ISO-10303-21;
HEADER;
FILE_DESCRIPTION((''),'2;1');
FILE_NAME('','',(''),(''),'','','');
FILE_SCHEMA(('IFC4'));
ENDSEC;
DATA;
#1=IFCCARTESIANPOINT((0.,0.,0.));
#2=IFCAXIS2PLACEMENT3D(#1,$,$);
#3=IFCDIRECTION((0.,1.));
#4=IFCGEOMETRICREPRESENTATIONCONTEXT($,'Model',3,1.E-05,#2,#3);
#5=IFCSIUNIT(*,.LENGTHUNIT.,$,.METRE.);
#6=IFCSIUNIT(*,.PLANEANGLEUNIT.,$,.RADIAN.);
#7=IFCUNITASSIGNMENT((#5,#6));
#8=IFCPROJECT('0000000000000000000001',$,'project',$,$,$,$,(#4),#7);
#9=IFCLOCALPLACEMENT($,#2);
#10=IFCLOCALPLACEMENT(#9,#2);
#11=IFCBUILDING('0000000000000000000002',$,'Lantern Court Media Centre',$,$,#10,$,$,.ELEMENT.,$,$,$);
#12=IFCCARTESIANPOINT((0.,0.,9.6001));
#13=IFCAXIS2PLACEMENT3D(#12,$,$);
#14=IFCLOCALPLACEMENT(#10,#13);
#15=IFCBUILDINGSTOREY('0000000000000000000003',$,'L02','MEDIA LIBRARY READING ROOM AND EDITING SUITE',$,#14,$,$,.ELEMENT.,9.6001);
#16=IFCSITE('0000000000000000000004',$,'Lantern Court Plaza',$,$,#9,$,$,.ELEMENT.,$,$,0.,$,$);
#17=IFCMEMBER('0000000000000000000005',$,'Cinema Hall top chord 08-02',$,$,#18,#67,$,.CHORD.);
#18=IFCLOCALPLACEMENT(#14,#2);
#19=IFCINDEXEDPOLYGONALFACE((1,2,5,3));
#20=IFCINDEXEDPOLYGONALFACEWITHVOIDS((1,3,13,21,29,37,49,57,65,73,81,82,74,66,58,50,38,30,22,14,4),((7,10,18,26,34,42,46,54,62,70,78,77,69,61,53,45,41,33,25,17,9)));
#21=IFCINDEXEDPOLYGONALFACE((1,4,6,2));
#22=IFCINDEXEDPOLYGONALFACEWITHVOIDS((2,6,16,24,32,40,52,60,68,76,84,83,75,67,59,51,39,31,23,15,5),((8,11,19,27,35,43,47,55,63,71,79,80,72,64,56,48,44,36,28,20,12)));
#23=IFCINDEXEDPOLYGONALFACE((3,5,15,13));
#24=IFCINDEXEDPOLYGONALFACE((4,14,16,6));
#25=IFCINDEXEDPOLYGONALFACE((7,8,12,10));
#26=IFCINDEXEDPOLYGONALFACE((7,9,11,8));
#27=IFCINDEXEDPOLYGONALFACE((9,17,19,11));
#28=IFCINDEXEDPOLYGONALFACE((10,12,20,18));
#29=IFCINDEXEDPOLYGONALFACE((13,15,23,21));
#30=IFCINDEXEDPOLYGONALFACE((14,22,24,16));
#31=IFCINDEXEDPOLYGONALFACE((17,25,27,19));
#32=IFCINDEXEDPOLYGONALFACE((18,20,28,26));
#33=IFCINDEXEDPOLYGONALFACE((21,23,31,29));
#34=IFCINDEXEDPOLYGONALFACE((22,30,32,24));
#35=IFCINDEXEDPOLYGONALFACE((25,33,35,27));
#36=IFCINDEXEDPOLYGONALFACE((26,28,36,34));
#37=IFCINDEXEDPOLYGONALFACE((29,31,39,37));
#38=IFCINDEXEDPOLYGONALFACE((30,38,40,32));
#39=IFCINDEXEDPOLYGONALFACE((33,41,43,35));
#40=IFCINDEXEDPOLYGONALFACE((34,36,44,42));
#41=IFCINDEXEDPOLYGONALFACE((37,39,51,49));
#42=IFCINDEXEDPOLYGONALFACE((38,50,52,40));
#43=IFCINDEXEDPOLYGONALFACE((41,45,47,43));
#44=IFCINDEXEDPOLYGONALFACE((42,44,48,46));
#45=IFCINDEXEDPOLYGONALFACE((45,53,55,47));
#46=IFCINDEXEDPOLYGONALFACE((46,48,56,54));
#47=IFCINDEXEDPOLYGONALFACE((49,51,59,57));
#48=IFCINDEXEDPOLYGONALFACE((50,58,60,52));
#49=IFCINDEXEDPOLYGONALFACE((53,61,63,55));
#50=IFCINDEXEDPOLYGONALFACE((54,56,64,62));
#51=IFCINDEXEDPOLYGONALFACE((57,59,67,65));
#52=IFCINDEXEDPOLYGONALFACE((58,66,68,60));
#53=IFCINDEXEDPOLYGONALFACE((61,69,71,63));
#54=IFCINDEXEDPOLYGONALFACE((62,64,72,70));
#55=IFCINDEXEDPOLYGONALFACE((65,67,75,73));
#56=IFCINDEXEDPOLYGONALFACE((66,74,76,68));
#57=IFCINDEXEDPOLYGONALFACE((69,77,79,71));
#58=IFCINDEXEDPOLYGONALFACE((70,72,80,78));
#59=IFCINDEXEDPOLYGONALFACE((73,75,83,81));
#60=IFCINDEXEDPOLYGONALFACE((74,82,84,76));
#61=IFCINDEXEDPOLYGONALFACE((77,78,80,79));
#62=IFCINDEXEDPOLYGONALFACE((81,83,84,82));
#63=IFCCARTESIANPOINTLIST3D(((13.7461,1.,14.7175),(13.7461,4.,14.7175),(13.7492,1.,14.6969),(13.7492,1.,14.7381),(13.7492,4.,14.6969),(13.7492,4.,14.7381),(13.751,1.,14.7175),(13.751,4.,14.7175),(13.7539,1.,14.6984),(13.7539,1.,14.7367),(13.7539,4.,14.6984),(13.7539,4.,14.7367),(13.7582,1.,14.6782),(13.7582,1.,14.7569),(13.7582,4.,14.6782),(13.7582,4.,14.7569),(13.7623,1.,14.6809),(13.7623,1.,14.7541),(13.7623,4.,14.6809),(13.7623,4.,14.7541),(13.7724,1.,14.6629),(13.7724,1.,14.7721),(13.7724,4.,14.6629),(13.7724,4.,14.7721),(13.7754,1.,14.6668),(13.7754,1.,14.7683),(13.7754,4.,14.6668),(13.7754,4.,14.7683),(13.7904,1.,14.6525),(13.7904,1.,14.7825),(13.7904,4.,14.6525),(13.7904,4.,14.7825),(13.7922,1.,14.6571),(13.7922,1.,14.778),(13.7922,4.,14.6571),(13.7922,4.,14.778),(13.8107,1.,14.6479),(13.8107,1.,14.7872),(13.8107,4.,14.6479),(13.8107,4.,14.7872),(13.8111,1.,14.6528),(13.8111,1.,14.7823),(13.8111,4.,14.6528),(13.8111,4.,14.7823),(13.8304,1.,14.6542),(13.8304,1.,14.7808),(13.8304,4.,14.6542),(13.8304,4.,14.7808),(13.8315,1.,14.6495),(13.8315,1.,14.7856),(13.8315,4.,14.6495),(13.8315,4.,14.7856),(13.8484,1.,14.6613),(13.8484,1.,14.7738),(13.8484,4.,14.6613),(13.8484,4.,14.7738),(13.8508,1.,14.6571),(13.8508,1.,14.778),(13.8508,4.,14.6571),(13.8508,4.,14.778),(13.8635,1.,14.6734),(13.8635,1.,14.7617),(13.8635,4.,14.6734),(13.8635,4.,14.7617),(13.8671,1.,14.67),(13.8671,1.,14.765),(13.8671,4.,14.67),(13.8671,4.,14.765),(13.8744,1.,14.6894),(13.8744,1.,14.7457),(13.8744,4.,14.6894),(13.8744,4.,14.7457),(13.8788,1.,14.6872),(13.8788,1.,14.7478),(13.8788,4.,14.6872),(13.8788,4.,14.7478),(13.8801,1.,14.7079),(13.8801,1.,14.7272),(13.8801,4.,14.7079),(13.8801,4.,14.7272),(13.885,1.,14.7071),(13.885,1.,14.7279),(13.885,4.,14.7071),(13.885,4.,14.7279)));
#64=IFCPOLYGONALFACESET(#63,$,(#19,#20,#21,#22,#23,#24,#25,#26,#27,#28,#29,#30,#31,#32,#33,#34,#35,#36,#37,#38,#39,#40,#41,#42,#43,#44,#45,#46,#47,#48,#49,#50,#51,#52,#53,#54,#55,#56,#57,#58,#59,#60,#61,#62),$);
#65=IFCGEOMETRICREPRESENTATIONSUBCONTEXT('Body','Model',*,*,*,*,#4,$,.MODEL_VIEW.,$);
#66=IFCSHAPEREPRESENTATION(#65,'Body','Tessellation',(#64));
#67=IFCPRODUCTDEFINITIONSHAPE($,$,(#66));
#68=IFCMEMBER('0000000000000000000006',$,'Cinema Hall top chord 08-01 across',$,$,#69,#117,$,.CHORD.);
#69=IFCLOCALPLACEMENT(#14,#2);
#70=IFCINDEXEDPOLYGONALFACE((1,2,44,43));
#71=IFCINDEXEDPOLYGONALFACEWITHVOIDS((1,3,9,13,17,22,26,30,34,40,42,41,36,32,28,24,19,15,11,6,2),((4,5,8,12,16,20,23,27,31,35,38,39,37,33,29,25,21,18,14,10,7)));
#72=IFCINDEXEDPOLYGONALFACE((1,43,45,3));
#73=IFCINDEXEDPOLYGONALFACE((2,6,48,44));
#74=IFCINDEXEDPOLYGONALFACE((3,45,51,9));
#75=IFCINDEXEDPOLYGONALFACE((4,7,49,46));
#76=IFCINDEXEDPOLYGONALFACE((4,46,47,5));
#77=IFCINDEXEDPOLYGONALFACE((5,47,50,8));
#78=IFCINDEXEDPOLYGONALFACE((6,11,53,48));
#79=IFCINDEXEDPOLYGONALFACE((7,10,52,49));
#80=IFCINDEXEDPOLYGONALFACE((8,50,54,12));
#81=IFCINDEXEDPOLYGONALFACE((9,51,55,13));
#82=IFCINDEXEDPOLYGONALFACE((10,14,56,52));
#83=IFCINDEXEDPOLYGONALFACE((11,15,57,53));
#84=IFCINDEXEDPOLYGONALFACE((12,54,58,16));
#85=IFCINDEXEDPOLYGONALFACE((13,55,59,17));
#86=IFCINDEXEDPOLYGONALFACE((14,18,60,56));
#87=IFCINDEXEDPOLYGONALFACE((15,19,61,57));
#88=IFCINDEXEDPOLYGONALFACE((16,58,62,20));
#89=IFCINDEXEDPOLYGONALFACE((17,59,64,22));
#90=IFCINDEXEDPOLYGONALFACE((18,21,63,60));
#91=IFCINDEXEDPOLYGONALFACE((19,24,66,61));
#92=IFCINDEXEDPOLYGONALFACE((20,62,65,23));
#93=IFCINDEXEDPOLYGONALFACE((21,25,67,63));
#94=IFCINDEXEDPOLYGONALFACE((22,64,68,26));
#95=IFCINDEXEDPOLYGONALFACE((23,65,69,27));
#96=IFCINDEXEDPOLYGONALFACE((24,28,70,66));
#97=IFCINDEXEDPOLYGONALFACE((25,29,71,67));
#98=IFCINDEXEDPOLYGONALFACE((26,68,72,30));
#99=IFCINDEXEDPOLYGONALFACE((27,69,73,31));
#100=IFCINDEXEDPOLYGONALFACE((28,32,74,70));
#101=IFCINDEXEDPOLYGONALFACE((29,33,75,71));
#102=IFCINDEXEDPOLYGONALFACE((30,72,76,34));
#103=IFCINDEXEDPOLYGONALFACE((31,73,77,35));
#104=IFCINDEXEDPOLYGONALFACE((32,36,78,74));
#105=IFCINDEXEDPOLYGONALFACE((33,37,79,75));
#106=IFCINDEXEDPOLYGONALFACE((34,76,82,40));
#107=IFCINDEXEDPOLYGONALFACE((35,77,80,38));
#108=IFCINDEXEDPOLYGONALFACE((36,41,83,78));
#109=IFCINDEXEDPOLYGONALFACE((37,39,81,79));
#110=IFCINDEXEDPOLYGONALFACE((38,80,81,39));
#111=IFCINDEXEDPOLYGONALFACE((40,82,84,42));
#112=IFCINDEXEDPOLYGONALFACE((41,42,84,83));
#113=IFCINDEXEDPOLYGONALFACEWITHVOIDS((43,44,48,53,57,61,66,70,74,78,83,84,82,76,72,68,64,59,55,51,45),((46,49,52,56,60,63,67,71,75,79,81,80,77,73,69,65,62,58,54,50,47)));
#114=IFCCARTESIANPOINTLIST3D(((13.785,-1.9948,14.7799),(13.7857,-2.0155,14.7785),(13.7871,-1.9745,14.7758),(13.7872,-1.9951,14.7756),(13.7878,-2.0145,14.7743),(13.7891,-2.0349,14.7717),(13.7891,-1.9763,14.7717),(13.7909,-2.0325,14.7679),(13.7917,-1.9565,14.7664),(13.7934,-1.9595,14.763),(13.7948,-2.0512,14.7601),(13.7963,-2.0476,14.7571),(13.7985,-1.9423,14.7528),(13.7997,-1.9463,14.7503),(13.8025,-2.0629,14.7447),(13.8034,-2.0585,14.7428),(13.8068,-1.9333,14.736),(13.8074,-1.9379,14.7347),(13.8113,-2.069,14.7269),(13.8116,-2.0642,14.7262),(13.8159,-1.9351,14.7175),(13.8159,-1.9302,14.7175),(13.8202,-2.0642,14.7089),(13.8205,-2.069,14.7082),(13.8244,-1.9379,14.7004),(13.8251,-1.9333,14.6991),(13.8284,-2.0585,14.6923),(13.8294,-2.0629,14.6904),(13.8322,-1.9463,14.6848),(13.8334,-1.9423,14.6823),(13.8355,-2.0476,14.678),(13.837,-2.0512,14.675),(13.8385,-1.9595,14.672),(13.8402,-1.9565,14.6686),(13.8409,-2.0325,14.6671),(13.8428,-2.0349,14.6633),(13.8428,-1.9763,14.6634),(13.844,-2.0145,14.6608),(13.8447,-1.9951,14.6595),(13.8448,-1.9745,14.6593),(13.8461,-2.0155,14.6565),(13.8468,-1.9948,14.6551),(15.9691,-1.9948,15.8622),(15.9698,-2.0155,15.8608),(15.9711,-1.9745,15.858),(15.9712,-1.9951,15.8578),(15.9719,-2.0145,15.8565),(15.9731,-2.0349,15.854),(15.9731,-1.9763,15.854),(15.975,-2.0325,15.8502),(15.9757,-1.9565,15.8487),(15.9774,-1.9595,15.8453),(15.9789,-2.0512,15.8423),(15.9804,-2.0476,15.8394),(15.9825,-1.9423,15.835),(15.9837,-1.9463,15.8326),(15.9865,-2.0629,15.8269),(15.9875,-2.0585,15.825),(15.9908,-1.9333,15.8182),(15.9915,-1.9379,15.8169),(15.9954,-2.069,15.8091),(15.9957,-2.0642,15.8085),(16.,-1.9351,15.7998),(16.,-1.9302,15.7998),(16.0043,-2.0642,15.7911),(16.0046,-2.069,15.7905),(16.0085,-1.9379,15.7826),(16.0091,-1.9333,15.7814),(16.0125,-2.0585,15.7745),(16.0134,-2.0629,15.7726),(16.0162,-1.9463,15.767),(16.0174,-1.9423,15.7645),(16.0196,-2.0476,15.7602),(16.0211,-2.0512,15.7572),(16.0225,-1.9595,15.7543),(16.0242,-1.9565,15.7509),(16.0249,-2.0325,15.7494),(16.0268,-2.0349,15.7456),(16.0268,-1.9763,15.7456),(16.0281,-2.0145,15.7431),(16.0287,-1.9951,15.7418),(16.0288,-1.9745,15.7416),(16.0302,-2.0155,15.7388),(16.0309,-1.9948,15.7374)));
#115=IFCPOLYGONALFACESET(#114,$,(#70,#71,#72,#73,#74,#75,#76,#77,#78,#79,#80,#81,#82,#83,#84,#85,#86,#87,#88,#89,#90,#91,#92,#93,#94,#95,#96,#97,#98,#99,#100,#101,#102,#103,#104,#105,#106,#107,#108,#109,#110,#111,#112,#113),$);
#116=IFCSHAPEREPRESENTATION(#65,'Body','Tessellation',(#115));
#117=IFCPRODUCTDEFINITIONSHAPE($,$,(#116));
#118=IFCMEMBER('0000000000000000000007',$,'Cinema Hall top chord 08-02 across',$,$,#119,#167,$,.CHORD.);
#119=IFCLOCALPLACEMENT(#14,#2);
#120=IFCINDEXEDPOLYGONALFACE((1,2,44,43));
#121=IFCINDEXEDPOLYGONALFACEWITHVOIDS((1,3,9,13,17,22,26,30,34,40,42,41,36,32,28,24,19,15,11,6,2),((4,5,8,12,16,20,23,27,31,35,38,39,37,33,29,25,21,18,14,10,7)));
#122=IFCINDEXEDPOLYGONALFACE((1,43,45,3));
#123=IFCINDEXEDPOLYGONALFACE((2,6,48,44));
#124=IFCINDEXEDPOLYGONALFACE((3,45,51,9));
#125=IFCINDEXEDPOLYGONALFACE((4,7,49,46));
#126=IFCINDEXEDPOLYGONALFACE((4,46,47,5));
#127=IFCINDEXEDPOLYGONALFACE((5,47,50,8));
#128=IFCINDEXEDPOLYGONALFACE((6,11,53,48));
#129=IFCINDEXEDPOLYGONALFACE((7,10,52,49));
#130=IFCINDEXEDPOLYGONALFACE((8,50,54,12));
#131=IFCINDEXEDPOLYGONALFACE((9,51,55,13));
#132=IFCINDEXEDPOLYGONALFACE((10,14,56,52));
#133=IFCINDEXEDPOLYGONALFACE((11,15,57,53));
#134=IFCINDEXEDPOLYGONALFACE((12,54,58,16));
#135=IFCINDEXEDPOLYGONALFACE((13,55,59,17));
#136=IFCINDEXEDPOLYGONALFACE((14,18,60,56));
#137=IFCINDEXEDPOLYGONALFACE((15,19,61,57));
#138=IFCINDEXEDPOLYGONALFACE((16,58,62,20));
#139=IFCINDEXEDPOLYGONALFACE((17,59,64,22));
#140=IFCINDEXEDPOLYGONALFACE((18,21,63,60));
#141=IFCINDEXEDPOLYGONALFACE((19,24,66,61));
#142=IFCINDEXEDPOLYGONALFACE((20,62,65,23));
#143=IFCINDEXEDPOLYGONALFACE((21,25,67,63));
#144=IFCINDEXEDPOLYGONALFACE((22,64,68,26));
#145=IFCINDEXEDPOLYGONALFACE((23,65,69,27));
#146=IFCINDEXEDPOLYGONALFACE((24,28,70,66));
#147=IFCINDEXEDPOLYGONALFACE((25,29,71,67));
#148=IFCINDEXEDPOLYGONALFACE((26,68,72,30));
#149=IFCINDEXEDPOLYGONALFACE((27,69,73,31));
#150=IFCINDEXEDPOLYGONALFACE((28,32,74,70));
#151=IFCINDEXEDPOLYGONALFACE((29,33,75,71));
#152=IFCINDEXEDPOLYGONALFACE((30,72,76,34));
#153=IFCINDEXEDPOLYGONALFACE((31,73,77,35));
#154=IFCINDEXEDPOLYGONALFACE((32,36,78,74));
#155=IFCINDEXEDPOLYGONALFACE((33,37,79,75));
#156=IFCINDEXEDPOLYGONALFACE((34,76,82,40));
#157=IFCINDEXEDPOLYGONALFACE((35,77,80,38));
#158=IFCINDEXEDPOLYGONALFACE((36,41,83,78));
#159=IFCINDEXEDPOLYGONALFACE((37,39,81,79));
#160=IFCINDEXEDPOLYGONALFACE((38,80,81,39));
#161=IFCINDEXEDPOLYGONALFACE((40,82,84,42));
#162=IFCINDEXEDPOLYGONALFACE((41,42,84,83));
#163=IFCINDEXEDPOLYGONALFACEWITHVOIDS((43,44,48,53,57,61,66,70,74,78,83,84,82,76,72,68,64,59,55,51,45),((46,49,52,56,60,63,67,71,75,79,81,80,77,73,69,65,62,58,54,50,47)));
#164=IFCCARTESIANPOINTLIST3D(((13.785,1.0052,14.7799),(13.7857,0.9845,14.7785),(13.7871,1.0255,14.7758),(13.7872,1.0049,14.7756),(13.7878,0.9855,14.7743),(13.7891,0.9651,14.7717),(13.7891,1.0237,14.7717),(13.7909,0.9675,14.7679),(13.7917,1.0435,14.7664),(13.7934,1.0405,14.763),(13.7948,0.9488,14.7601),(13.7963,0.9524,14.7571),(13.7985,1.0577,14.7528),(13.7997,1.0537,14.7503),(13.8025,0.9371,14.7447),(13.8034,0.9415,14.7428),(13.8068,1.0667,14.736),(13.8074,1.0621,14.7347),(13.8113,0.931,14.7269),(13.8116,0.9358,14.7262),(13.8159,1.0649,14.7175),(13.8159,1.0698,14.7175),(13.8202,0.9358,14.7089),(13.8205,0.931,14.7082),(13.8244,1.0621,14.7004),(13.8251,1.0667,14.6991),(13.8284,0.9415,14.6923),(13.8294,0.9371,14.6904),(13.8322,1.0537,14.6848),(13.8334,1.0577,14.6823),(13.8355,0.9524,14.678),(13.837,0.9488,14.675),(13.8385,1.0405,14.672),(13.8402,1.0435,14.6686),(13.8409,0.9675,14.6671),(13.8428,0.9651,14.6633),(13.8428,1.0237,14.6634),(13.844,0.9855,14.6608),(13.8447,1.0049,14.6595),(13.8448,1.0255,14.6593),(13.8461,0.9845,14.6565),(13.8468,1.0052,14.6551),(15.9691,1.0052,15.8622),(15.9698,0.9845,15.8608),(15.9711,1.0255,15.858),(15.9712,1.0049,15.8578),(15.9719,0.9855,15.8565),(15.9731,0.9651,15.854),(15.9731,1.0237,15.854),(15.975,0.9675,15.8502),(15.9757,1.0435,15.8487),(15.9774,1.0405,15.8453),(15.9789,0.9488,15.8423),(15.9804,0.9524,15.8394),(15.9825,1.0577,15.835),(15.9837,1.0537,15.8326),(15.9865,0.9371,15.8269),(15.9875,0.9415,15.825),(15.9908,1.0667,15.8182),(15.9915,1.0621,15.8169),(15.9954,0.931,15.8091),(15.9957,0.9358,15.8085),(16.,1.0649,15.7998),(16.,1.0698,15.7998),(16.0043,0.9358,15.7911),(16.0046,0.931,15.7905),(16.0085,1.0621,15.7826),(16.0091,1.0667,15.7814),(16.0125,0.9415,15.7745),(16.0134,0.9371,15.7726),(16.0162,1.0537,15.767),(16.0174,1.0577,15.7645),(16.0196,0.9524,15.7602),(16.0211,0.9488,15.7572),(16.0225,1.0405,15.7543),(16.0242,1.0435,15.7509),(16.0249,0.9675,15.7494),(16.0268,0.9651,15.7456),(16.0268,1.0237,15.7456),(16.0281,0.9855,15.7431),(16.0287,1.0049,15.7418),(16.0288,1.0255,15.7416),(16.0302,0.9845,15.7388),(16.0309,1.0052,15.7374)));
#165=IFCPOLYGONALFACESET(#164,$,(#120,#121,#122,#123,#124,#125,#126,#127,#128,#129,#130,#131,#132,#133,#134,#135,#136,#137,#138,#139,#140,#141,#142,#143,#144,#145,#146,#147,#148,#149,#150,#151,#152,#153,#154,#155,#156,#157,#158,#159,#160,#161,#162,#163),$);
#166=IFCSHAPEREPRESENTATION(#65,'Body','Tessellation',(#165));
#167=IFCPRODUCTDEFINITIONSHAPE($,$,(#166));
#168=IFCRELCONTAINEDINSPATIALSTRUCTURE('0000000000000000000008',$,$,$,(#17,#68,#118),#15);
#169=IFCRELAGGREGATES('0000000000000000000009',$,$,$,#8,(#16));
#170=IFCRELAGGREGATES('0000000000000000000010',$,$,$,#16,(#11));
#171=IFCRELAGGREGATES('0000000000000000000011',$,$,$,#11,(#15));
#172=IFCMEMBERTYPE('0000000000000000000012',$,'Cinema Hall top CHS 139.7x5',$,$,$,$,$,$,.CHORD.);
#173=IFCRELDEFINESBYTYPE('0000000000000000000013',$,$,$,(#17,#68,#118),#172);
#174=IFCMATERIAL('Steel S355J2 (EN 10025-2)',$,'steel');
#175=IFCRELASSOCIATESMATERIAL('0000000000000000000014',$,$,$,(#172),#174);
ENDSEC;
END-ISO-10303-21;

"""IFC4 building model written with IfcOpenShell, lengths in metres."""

from ifc_helpers import new_model, si_unit, direction, frame, origin, origin_2d, place, context, subcontext, project, spatial, hollow_circle, extrude, material, material_profile, profile_set, type_object, element, save


model = new_model("IFC4")

# Units and contexts
model_context = context("Model", 3, precision=1e-05, world=origin(), true_north=direction((0.0, 1.0)))
body_context = subcontext(model_context, "Body", "Model", "MODEL_VIEW")
ifc_project = project(units=[si_unit("LENGTHUNIT", "METRE"), si_unit("PLANEANGLEUNIT", "RADIAN")], contexts=[model_context])

# Site, building, storey
site_placement = place(None, origin())
site = spatial("IfcSite", under=ifc_project, at=site_placement, Name="Lantern Court Plaza", CompositionType="ELEMENT", RefElevation=0.0)
building_placement = place(site_placement, origin())
building = spatial("IfcBuilding", under=site, at=building_placement, Name="Lantern Court Media Centre", CompositionType="ELEMENT")
storey_placement = place(building_placement, frame((0.0, 0.0, 9.6001)))
storey = spatial("IfcBuildingStorey", under=building, at=storey_placement, Name="L02", Description="MEDIA LIBRARY READING ROOM AND EDITING SUITE", CompositionType="ELEMENT", Elevation=9.6001)

# Members
ifc_material = material(Name="Steel S355J2 (EN 10025-2)", Category="steel")
ifc_material_profile_1 = material_profile(ifc_material, hollow_circle(Radius=0.0698, WallThickness=0.0049, at=origin_2d()), Name="Cinema Hall top CHS 139.7x5")
ifc_profile_set_1 = profile_set([ifc_material_profile_1], Name="Steel S355J2 (EN 10025-2)")
member_type_1 = type_object("IfcMemberType", Name="Cinema Hall top CHS 139.7x5", PredefinedType="CHORD", material=ifc_profile_set_1)
for number, where, z_axis, x_axis, name in (
    (1, (13.8159, 1.0, 14.7175), (0.0, 1.0, 0.0), (-1.0, 0.0, 0.0), "Cinema Hall top chord 08-02"),
):
    element("IfcMember", number, at=place(storey_placement, frame(where, z_axis=z_axis, x_axis=x_axis)), inside=storey, type_object=member_type_1, Name=name, PredefinedType="CHORD", context=body_context, shape_type="SweptSolid", body=[
        extrude(hollow_circle(Radius=0.0698, WallThickness=0.0049, at=origin_2d()), origin(), (0.0, 0.0, 1.0), 3.0),
    ])
for number, where, z_axis, x_axis, name in (
    (2, (13.8159, -2.0, 14.7175), (0.896024, 0.0, 0.444006), (0.0, 1.0, 0.0), "Cinema Hall top chord 08-01 across"),
    (3, (13.8159, 1.0, 14.7175), (0.896024, 0.0, 0.444006), (0.0, 1.0, 0.0), "Cinema Hall top chord 08-02 across"),
):
    element("IfcMember", number, at=place(storey_placement, frame(where, z_axis=z_axis, x_axis=x_axis)), inside=storey, type_object=member_type_1, Name=name, PredefinedType="CHORD", context=body_context, shape_type="SweptSolid", body=[
        extrude(hollow_circle(Radius=0.0698, WallThickness=0.0049, at=origin_2d()), origin(), (0.0, 0.0, 1.0), 2.4375),
    ])

save(model, "model.ifc")
